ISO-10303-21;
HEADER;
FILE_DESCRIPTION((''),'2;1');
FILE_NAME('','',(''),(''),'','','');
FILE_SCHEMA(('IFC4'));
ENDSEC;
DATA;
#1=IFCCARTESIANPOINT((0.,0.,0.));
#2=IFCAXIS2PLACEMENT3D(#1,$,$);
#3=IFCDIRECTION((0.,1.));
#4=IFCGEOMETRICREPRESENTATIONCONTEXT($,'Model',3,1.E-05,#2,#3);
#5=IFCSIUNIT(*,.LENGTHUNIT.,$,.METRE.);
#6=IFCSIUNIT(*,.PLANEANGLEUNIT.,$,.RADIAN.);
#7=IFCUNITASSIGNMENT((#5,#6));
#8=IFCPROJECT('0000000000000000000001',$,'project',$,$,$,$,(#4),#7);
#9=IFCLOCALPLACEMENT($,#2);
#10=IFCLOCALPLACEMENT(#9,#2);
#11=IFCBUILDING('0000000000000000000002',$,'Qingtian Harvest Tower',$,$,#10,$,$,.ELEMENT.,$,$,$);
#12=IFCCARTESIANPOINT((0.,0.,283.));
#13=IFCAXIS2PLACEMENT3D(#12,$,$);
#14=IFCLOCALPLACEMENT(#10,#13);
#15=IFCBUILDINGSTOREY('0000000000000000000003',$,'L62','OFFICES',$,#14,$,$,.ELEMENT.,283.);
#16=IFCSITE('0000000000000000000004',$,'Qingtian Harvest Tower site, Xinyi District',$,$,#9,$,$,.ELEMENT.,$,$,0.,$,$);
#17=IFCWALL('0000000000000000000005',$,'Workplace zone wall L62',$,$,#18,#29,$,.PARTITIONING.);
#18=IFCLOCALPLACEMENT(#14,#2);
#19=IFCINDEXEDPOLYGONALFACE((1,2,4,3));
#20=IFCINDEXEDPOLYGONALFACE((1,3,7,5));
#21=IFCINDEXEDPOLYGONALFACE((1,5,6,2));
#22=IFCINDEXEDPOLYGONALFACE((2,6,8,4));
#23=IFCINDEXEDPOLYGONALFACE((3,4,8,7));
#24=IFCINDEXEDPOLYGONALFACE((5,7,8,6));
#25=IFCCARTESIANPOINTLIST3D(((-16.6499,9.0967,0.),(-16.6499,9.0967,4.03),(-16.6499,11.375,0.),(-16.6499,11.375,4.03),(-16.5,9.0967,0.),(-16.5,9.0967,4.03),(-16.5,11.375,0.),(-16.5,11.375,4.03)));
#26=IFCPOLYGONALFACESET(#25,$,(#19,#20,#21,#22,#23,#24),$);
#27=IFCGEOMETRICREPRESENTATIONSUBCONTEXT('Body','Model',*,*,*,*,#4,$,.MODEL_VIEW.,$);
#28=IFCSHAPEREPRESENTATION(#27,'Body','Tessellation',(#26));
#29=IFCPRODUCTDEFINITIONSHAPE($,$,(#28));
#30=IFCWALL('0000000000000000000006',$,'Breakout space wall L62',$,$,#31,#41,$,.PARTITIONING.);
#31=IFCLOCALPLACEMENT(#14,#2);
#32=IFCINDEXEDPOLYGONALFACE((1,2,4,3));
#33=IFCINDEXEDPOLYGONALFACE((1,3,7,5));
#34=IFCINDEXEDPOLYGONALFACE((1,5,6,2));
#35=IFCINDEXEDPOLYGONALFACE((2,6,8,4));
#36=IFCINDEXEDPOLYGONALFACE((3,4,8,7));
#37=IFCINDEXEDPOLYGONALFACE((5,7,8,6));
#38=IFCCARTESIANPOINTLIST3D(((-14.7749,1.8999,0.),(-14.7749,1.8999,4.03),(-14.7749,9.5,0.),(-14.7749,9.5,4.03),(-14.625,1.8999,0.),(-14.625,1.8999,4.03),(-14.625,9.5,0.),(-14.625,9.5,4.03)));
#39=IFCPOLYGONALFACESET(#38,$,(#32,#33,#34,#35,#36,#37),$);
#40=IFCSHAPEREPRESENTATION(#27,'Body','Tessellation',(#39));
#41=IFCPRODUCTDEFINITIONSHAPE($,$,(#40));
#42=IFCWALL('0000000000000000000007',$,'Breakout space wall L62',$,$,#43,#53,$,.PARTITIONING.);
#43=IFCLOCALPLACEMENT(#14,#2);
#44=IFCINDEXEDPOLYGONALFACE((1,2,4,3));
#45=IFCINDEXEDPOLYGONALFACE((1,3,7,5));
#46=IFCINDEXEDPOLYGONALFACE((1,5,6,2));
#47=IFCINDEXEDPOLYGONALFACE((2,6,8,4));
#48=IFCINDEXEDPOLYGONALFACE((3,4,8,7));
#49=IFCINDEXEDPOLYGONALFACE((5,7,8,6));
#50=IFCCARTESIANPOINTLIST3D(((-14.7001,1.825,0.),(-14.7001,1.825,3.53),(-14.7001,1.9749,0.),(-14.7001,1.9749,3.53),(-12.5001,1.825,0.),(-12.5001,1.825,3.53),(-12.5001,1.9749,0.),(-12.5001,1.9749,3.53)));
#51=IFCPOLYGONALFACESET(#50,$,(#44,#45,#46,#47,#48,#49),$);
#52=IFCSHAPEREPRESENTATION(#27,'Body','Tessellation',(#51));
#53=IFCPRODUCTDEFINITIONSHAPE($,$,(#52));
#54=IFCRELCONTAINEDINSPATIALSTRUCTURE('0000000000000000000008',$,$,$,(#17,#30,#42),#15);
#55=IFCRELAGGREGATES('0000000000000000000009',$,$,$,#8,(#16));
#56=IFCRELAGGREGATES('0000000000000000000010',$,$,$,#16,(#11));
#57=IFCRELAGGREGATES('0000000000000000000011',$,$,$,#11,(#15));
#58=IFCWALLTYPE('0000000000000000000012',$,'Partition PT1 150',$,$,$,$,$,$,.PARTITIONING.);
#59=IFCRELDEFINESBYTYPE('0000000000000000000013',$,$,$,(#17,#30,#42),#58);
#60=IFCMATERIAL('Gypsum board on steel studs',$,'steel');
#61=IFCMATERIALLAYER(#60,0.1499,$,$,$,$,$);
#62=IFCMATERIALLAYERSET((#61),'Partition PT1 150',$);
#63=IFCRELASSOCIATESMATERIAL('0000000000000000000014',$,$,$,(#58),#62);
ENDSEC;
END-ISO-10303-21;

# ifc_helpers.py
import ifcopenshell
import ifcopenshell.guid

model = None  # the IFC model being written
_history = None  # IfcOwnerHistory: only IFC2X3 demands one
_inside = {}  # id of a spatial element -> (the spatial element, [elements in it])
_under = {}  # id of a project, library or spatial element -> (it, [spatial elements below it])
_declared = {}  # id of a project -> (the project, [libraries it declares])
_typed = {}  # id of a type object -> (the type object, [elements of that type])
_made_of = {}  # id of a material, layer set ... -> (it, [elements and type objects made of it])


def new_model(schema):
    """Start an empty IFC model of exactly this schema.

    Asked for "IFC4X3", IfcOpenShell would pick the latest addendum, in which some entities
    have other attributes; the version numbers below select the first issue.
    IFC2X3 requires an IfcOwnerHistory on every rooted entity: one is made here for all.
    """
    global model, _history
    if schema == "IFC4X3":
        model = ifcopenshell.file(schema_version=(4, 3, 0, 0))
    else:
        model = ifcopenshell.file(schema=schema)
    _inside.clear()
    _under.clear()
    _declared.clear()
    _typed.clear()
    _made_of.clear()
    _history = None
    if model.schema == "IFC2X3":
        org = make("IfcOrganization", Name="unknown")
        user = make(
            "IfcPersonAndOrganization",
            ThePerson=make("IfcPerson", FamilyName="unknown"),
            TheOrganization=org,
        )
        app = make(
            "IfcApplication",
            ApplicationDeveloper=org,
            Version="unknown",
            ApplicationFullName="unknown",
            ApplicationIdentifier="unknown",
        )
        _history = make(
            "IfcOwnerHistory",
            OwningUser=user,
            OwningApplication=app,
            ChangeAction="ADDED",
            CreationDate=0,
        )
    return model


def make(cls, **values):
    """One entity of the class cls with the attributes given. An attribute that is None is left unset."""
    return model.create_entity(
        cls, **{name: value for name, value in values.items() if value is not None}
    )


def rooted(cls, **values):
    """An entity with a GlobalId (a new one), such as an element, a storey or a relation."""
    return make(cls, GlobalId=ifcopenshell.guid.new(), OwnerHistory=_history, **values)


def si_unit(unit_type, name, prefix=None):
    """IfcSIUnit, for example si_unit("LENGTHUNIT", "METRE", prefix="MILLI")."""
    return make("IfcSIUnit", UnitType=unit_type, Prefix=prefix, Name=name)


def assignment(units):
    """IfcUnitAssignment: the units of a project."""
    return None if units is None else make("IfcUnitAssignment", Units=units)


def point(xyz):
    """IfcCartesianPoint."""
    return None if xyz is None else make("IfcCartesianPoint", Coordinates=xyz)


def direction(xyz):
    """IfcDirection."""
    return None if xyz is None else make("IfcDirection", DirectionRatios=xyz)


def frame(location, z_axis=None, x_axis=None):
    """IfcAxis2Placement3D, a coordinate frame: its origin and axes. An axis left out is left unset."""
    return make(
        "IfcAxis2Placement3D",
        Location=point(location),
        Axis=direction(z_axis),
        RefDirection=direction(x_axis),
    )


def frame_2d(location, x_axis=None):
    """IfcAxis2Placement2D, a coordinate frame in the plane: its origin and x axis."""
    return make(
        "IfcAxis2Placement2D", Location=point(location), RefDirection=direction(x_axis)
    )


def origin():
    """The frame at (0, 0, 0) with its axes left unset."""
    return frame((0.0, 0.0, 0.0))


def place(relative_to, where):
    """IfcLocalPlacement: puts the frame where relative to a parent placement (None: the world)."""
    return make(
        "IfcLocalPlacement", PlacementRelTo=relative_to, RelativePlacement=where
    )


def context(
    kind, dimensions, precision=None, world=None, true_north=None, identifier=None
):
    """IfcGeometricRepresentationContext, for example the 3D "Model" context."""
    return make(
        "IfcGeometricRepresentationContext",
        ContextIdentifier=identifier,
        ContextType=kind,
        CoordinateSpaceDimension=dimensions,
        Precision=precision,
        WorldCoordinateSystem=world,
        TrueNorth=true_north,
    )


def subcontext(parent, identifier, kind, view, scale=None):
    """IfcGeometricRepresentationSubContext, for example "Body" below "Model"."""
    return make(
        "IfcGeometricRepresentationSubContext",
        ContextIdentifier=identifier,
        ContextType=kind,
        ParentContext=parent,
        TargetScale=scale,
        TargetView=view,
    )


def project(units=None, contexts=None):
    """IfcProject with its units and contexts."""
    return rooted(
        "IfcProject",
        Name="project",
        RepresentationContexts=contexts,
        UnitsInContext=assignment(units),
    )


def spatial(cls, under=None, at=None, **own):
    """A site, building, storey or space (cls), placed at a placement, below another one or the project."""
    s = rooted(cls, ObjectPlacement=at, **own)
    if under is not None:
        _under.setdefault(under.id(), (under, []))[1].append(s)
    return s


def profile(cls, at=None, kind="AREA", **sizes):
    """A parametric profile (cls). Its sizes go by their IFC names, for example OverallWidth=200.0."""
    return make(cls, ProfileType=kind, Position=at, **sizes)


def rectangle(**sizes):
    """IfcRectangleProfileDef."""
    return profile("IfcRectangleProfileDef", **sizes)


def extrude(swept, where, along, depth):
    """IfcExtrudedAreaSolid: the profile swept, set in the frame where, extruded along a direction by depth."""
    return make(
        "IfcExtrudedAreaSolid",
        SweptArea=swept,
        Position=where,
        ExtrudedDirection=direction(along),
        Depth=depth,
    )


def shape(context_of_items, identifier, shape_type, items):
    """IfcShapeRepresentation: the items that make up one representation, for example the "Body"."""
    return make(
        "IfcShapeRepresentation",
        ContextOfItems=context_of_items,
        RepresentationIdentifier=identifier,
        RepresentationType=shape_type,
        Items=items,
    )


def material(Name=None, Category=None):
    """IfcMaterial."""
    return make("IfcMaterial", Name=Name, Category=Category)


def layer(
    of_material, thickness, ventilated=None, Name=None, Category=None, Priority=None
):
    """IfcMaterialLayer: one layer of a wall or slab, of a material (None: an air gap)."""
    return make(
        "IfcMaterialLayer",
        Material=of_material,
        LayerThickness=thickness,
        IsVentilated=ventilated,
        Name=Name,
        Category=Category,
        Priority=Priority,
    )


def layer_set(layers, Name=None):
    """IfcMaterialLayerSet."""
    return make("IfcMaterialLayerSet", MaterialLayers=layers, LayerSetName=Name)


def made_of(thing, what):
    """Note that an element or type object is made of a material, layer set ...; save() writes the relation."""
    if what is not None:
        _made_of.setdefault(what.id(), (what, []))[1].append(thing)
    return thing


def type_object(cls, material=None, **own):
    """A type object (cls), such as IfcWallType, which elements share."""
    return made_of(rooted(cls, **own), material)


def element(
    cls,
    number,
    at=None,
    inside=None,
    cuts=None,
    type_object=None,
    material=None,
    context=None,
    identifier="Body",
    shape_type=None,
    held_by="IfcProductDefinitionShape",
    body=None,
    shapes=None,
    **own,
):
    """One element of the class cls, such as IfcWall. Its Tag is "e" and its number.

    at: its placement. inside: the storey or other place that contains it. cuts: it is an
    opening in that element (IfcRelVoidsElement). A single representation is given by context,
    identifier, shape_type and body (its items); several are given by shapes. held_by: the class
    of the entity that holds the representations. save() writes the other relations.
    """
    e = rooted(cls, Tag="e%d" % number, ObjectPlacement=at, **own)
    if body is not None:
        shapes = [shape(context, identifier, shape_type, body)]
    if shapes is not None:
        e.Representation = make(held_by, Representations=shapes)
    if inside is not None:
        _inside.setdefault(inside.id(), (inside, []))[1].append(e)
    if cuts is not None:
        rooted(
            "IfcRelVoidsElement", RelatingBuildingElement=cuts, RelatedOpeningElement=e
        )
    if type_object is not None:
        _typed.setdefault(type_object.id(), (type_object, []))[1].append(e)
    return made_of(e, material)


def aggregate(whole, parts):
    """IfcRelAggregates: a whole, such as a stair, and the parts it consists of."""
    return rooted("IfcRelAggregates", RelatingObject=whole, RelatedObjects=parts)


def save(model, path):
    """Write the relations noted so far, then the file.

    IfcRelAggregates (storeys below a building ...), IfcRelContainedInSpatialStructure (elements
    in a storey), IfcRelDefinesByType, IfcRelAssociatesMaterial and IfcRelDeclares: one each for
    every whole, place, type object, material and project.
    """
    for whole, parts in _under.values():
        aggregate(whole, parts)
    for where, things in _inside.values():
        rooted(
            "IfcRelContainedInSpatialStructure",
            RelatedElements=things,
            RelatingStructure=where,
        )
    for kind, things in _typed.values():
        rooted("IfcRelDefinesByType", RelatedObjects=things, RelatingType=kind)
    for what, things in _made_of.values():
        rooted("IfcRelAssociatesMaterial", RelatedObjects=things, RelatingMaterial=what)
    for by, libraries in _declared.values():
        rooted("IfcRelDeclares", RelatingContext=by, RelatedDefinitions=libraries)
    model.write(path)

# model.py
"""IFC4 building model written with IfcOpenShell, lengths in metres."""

from ifc_helpers import new_model, si_unit, direction, frame, frame_2d, origin, place, context, subcontext, project, spatial, rectangle, extrude, material, layer, layer_set, type_object, element, save


model = new_model("IFC4")

# Units and contexts
model_context = context("Model", 3, precision=1e-05, world=origin(), true_north=direction((0.0, 1.0)))
body_context = subcontext(model_context, "Body", "Model", "MODEL_VIEW")
ifc_project = project(units=[si_unit("LENGTHUNIT", "METRE"), si_unit("PLANEANGLEUNIT", "RADIAN")], contexts=[model_context])

# Site, building, storey
site_placement = place(None, origin())
site = spatial("IfcSite", under=ifc_project, at=site_placement, Name="Qingtian Harvest Tower site, Xinyi District", CompositionType="ELEMENT", RefElevation=0.0)
building_placement = place(site_placement, origin())
building = spatial("IfcBuilding", under=site, at=building_placement, Name="Qingtian Harvest Tower", CompositionType="ELEMENT")
storey_placement = place(building_placement, frame((0.0, 0.0, 283.0)))
storey = spatial("IfcBuildingStorey", under=building, at=storey_placement, Name="L62", Description="OFFICES", CompositionType="ELEMENT", Elevation=283.0)

# Walls
ifc_material_1 = material(Name="Gypsum board on steel studs", Category="steel")
ifc_layer_1 = layer(ifc_material_1, 0.1499)
ifc_layer_set_1 = layer_set([ifc_layer_1], Name="Partition PT1 150")
wall_type_1 = type_object("IfcWallType", Name="Partition PT1 150", PredefinedType="PARTITIONING", material=ifc_layer_set_1)
wall_1_placement = place(storey_placement, frame((-16.575, 9.0967, 0.0), z_axis=(0.0, 0.0, 1.0), x_axis=(0.0, 1.0, 0.0)))
element("IfcWall", 1, at=wall_1_placement, inside=storey, type_object=wall_type_1, Name="Workplace zone wall L62", PredefinedType="PARTITIONING", context=body_context, shape_type="SweptSolid", body=[
    extrude(rectangle(XDim=2.2783, YDim=0.1499, at=frame_2d((1.1392, 0.0))), origin(), (0.0, 0.0, 1.0), 4.03),
])
wall_2_placement = place(storey_placement, frame((-14.7, 1.8999, 0.0), z_axis=(0.0, 0.0, 1.0), x_axis=(0.0, 1.0, 0.0)))
element("IfcWall", 2, at=wall_2_placement, inside=storey, type_object=wall_type_1, Name="Breakout space wall L62", PredefinedType="PARTITIONING", context=body_context, shape_type="SweptSolid", body=[
    extrude(rectangle(XDim=7.6001, YDim=0.1499, at=frame_2d((3.8, 0.0))), origin(), (0.0, 0.0, 1.0), 4.03),
])
wall_3_placement = place(storey_placement, frame((-12.5, 1.8999, 0.0), z_axis=(0.0, 0.0, 1.0), x_axis=(-1.0, 0.0, 0.0)))
element("IfcWall", 3, at=wall_3_placement, inside=storey, type_object=wall_type_1, Name="Breakout space wall L62", PredefinedType="PARTITIONING", context=body_context, shape_type="SweptSolid", body=[
    extrude(rectangle(XDim=2.2, YDim=0.1499, at=frame_2d((1.1001, 0.0))), origin(), (0.0, 0.0, 1.0), 3.53),
])

save(model, "model.ifc")
